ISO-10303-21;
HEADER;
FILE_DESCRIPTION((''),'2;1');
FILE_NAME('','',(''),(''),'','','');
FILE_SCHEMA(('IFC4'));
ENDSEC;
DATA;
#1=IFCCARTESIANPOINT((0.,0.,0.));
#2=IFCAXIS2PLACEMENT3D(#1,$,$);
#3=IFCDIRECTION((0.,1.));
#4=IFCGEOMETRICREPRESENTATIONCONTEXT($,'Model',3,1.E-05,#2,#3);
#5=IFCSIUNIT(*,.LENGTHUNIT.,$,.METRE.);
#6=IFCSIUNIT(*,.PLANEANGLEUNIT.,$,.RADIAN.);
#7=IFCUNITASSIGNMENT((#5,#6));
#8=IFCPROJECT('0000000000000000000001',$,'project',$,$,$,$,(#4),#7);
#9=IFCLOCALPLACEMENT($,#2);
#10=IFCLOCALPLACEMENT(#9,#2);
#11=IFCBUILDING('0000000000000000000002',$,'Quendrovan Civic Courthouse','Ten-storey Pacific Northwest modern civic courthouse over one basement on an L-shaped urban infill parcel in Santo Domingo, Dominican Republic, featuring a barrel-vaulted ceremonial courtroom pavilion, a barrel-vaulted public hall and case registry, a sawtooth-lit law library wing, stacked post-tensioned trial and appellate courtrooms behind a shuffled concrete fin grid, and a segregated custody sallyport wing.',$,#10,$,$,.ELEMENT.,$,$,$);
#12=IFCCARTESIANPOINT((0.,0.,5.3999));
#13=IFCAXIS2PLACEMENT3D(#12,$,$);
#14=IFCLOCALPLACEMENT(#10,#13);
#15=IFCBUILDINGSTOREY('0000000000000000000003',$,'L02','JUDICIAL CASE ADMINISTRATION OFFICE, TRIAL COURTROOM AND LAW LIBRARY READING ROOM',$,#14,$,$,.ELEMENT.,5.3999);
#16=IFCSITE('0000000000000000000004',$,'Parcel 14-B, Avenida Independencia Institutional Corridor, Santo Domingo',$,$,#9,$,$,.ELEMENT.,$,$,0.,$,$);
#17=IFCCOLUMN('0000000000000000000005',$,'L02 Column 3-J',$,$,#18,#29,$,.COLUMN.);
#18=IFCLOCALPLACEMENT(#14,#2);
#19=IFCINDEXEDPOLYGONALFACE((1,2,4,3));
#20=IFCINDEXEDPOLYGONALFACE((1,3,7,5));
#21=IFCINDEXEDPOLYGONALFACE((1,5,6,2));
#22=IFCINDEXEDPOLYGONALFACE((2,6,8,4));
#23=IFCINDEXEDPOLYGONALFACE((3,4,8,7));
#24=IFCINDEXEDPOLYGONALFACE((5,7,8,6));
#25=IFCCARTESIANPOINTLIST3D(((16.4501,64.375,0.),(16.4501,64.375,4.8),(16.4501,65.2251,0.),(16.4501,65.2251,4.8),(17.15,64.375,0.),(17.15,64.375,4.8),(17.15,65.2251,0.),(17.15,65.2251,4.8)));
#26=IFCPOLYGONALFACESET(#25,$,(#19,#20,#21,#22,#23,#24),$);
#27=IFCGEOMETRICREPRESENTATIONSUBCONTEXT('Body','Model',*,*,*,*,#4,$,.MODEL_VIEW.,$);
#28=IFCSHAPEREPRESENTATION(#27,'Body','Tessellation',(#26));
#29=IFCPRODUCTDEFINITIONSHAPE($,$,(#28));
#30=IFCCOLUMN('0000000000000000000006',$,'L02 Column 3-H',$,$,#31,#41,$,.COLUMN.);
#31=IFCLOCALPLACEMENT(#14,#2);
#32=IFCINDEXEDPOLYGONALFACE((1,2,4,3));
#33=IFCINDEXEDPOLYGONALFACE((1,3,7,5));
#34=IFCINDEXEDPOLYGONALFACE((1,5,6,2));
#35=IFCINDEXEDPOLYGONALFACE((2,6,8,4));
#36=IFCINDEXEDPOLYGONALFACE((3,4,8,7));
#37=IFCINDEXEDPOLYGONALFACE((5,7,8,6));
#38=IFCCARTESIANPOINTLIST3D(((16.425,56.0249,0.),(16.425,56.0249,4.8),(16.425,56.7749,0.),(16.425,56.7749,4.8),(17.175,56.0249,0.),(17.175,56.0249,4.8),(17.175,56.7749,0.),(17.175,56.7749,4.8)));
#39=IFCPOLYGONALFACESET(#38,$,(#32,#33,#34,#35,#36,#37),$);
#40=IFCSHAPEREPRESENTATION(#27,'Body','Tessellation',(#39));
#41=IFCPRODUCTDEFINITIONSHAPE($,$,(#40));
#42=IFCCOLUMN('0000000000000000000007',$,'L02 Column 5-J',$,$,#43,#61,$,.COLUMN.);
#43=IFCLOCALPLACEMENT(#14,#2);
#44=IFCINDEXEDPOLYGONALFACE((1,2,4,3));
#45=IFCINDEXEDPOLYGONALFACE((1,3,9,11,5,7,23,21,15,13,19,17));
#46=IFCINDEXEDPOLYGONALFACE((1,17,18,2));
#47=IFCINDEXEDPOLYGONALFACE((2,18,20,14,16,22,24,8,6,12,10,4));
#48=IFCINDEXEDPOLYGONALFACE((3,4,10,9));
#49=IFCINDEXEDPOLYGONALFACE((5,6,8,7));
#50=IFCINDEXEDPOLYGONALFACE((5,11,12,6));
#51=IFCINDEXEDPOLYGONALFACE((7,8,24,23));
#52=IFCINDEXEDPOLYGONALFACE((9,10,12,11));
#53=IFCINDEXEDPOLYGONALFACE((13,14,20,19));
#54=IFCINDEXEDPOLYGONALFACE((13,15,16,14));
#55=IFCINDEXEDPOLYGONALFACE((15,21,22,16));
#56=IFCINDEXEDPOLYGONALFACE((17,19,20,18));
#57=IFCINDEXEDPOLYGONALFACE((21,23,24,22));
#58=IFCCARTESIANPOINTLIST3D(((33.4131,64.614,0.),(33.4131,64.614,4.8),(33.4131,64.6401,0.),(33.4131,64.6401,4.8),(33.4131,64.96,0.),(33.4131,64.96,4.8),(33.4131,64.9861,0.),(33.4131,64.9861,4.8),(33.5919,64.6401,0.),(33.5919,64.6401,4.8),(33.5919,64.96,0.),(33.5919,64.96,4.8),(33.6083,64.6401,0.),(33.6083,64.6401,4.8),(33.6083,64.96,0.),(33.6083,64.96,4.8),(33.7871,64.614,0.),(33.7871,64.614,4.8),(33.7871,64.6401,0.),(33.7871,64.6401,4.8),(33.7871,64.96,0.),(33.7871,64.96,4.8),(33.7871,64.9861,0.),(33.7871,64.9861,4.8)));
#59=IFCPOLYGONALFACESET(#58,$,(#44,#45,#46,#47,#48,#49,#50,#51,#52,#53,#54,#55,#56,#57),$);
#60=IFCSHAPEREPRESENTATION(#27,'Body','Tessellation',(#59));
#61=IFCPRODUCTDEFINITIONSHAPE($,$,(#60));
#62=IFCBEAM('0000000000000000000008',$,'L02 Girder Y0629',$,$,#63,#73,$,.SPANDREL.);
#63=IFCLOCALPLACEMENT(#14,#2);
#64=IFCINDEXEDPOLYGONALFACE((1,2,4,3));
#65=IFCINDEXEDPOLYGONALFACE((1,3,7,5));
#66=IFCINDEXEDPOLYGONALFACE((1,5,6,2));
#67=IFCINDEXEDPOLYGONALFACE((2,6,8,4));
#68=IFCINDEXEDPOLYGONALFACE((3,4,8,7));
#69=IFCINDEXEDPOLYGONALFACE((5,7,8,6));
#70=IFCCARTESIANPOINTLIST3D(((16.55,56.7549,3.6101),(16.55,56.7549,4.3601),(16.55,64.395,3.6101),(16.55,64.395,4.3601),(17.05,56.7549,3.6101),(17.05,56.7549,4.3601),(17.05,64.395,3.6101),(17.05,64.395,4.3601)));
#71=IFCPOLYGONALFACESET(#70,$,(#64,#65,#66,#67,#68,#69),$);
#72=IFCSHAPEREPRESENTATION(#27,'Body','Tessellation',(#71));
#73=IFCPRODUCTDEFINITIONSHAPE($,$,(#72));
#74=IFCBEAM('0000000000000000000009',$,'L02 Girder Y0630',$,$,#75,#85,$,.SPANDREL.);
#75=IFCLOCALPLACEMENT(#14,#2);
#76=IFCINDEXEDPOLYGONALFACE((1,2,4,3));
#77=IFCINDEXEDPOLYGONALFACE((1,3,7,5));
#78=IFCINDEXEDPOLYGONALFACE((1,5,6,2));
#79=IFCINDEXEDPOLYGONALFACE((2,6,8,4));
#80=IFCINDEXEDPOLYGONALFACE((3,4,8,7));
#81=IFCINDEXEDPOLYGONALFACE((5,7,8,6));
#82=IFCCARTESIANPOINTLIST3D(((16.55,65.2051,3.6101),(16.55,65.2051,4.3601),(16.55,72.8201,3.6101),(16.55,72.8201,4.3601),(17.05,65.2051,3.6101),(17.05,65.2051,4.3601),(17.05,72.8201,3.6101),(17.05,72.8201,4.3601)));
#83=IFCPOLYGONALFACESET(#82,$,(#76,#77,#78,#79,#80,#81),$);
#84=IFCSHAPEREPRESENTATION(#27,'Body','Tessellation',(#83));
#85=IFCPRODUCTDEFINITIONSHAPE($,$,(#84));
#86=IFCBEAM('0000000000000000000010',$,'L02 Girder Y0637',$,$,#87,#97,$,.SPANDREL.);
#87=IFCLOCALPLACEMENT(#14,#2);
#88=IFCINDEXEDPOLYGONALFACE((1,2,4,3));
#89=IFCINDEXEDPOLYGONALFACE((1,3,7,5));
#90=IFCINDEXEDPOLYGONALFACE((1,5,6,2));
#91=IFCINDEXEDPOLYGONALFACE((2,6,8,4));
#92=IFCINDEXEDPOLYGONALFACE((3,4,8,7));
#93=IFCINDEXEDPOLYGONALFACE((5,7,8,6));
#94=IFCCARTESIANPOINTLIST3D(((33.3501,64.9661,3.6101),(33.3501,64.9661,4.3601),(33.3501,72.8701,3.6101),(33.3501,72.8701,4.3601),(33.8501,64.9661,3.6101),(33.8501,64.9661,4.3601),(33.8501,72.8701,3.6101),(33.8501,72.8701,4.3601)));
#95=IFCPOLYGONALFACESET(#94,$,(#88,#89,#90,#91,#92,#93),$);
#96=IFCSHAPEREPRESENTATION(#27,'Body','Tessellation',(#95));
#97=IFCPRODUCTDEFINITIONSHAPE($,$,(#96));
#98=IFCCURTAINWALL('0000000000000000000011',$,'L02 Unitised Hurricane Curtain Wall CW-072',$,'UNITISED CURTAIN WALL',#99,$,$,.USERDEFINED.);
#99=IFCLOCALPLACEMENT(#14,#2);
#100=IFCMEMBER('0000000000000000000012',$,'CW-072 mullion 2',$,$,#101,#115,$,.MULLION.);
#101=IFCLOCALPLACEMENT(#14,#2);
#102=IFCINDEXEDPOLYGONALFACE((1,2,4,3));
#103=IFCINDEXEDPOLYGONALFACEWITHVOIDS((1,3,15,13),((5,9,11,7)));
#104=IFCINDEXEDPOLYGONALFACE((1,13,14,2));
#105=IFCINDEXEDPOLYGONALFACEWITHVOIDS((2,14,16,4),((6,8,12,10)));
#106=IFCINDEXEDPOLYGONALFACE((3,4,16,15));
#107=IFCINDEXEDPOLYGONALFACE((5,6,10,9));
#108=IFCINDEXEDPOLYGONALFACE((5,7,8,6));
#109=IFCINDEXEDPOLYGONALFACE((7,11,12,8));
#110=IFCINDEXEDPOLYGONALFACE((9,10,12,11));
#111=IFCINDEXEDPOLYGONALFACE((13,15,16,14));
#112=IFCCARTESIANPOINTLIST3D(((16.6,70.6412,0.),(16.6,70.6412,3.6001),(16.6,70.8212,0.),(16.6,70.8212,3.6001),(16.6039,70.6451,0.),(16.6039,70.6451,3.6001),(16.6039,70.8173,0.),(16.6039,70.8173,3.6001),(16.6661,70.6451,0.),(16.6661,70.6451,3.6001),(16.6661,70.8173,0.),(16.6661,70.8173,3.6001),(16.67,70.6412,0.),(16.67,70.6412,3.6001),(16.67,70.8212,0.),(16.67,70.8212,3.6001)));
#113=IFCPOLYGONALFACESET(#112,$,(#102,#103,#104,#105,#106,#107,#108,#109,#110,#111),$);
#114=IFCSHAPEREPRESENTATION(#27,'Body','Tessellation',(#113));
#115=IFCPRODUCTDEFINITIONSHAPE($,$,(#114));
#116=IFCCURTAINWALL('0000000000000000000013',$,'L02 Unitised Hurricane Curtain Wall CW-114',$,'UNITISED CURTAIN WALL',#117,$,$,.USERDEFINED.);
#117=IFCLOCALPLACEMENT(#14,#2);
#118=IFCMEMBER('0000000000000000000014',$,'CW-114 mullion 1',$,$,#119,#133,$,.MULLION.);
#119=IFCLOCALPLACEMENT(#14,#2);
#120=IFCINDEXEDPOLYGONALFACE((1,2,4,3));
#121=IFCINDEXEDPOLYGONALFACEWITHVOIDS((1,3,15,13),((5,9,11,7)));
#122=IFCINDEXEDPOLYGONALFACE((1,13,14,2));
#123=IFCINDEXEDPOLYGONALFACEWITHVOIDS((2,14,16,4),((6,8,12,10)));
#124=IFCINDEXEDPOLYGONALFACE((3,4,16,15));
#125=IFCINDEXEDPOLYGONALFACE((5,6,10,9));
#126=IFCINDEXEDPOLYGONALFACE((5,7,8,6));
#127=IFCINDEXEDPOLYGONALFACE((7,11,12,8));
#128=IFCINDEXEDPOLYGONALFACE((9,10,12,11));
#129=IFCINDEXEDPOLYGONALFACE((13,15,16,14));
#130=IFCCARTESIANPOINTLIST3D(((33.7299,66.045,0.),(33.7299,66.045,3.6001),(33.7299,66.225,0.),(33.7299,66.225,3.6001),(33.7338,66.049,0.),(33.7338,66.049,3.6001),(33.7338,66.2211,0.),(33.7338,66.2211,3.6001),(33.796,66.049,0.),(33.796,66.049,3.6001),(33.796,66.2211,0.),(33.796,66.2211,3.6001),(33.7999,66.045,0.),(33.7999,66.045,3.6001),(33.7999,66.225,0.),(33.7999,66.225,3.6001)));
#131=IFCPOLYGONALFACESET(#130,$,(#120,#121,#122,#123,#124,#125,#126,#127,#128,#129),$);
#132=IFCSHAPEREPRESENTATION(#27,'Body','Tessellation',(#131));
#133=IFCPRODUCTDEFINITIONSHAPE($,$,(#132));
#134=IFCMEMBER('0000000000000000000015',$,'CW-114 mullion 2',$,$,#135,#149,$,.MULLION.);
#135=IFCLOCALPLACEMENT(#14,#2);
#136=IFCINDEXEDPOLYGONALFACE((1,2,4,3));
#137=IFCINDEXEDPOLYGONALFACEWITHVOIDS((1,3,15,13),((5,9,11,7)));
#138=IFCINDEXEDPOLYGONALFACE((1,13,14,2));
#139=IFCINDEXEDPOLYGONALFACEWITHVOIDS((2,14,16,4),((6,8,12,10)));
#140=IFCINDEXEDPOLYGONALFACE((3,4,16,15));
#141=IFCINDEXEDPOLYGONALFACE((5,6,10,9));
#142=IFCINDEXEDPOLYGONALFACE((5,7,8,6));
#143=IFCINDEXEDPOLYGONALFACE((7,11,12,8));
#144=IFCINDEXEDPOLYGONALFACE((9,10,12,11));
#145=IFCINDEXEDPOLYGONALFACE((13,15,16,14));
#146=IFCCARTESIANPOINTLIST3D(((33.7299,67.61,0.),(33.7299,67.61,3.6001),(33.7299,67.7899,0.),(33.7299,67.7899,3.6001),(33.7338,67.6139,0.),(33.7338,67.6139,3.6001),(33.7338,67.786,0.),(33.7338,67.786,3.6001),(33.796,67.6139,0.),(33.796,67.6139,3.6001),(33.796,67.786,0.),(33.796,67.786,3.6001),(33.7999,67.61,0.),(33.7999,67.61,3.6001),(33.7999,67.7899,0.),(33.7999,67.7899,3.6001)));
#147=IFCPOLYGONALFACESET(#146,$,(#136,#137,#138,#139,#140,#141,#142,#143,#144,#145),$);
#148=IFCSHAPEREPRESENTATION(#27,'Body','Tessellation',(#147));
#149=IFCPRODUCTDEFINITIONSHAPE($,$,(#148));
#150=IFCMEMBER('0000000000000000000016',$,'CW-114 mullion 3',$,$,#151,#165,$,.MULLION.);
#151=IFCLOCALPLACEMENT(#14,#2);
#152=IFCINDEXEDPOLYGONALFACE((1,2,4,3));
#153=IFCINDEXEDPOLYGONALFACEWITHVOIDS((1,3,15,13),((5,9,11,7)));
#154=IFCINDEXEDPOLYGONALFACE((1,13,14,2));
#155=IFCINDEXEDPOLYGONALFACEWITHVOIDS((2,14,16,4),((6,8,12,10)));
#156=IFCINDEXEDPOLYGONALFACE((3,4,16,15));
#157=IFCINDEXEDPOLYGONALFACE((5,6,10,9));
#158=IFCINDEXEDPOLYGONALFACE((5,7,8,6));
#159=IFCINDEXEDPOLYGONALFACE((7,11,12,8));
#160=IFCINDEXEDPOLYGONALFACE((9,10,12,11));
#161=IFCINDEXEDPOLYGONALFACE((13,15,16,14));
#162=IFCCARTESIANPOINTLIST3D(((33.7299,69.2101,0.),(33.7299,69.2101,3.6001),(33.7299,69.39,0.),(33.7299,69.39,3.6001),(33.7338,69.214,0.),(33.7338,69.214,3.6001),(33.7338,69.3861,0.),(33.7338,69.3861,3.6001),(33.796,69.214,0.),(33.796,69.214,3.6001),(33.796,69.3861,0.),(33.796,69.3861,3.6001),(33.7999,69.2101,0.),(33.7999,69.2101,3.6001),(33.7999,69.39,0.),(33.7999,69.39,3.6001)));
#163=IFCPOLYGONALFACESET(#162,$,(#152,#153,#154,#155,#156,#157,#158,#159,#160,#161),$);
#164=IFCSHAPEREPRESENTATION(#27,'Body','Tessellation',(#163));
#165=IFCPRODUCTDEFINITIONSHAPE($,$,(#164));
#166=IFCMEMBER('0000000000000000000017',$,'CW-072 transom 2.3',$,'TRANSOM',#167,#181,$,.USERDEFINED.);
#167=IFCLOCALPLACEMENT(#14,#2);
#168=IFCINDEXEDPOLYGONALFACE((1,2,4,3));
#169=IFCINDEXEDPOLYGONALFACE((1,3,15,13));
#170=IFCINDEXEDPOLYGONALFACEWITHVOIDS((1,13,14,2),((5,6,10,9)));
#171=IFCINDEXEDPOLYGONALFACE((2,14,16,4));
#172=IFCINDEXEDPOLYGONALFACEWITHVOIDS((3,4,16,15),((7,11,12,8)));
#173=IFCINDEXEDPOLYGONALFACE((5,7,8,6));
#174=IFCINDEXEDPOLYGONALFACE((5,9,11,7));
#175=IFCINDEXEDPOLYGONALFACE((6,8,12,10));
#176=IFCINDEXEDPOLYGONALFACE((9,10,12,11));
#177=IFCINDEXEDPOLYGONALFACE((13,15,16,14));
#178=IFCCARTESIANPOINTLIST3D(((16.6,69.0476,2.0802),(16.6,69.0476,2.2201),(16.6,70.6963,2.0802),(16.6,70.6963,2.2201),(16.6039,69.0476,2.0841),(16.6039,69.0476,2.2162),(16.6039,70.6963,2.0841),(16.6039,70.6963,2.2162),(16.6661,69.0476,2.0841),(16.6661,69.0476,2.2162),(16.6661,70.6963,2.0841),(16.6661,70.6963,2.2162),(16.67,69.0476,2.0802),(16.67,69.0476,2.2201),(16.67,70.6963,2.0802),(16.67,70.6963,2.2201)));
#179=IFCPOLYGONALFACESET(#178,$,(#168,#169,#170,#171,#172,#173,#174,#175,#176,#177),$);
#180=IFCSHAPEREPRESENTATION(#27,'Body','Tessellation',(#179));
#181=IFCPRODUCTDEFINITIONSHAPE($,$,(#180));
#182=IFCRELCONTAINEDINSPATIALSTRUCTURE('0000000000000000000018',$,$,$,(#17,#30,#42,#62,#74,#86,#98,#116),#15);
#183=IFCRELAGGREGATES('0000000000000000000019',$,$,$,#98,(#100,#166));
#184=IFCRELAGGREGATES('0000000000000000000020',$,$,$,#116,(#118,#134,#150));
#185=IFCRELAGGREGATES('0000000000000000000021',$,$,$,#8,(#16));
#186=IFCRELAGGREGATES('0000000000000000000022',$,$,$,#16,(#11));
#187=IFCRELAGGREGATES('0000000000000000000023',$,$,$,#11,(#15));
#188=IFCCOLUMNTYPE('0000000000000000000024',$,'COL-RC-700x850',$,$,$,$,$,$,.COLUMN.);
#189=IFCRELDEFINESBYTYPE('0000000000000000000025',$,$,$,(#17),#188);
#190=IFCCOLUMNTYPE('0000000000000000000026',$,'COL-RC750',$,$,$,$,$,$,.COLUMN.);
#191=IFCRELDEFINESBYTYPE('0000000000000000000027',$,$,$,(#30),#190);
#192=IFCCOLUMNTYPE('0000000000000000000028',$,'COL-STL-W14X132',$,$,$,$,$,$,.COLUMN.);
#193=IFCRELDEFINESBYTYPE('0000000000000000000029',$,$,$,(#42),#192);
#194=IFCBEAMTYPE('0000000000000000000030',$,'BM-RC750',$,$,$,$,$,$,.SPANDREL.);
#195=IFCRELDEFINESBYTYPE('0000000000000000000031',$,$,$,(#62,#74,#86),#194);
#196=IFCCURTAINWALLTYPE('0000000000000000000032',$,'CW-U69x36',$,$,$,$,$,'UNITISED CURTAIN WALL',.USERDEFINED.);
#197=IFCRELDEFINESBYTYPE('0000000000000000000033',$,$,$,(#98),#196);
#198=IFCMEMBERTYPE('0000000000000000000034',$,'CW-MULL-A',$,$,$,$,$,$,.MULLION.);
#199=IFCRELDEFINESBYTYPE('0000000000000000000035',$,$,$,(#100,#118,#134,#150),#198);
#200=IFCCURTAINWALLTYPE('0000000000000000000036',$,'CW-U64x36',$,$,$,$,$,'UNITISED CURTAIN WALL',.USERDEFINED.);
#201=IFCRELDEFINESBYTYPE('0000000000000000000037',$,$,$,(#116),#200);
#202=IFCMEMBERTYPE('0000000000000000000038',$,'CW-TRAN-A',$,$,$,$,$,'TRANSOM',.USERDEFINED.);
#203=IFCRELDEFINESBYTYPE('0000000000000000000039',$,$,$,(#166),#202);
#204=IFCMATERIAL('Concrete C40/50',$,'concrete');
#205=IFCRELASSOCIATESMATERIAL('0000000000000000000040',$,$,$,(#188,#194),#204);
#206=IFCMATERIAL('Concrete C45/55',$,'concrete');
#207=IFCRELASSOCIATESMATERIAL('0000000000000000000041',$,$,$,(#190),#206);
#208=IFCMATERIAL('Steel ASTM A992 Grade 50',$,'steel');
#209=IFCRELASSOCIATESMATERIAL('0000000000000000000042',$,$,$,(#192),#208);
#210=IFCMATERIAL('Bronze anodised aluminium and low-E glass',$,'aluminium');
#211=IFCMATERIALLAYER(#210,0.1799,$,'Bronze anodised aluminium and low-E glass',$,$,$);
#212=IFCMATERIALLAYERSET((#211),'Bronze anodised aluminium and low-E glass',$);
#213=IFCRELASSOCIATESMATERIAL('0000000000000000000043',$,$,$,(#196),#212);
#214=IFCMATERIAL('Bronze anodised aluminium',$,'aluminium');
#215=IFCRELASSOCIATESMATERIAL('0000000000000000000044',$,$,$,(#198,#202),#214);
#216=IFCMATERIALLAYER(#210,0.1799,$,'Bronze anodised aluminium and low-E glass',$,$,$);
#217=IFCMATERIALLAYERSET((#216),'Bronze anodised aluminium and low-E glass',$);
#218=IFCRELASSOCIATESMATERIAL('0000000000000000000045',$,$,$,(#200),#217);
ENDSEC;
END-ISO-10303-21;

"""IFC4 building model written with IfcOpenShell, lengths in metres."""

from ifc_helpers import new_model, si_unit, direction, frame, origin, origin_2d, place, context, subcontext, project, spatial, rectangle, hollow_rectangle, i_section, extrude, material, layer, layer_set, material_profile, profile_set, type_object, element, aggregate, save


model = new_model("IFC4")

# Units and contexts
model_context = context("Model", 3, precision=1e-05, world=origin(), true_north=direction((0.0, 1.0)))
body_context = subcontext(model_context, "Body", "Model", "MODEL_VIEW")
ifc_project = project(units=[si_unit("LENGTHUNIT", "METRE"), si_unit("PLANEANGLEUNIT", "RADIAN")], contexts=[model_context])

# Site, building, storey
site_placement = place(None, origin())
site = spatial("IfcSite", under=ifc_project, at=site_placement, Name="Parcel 14-B, Avenida Independencia Institutional Corridor, Santo Domingo", CompositionType="ELEMENT", RefElevation=0.0)
building_placement = place(site_placement, origin())
building = spatial("IfcBuilding", under=site, at=building_placement, Name="Quendrovan Civic Courthouse", Description="Ten-storey Pacific Northwest modern civic courthouse over one basement on an L-shaped urban infill parcel in Santo Domingo, Dominican Republic, featuring a barrel-vaulted ceremonial courtroom pavilion, a barrel-vaulted public hall and case registry, a sawtooth-lit law library wing, stacked post-tensioned trial and appellate courtrooms behind a shuffled concrete fin grid, and a segregated custody sallyport wing.", CompositionType="ELEMENT")
storey_placement = place(building_placement, frame((0.0, 0.0, 5.3999)))
storey = spatial("IfcBuildingStorey", under=building, at=storey_placement, Name="L02", Description="JUDICIAL CASE ADMINISTRATION OFFICE, TRIAL COURTROOM AND LAW LIBRARY READING ROOM", CompositionType="ELEMENT", Elevation=5.3999)

# Columns
ifc_material_1 = material(Name="Concrete C40/50", Category="concrete")
ifc_material_profile_1 = material_profile(ifc_material_1, rectangle(XDim=0.7, YDim=0.8501, at=origin_2d()), Name="RC-COL-700x850")
ifc_profile_set_1 = profile_set([ifc_material_profile_1], Name="Concrete C40/50")
column_type_1 = type_object("IfcColumnType", Name="COL-RC-700x850", PredefinedType="COLUMN", material=ifc_profile_set_1)
column_1_placement = place(storey_placement, frame((16.8, 64.8, 0.0), z_axis=(0.0, 0.0, 1.0), x_axis=(1.0, 0.0, 0.0)))
element("IfcColumn", 1, at=column_1_placement, inside=storey, type_object=column_type_1, Name="L02 Column 3-J", PredefinedType="COLUMN", context=body_context, shape_type="SweptSolid", body=[
    extrude(rectangle(XDim=0.7, YDim=0.8501, at=origin_2d()), origin(), (0.0, 0.0, 1.0), 4.8),
])
ifc_material_2 = material(Name="Concrete C45/55", Category="concrete")
ifc_material_profile_2 = material_profile(ifc_material_2, rectangle(XDim=0.75, YDim=0.75, at=origin_2d()), Name="RC-COL-750x750")
ifc_profile_set_2 = profile_set([ifc_material_profile_2], Name="Concrete C45/55")
column_type_2 = type_object("IfcColumnType", Name="COL-RC750", PredefinedType="COLUMN", material=ifc_profile_set_2)
column_2_placement = place(storey_placement, frame((16.8, 56.3999, 0.0), z_axis=(0.0, 0.0, 1.0), x_axis=(1.0, 0.0, 0.0)))
element("IfcColumn", 2, at=column_2_placement, inside=storey, type_object=column_type_2, Name="L02 Column 3-H", PredefinedType="COLUMN", context=body_context, shape_type="SweptSolid", body=[
    extrude(rectangle(XDim=0.75, YDim=0.75, at=origin_2d()), origin(), (0.0, 0.0, 1.0), 4.8),
])
ifc_material_3 = material(Name="Steel ASTM A992 Grade 50", Category="steel")
ifc_material_profile_3 = material_profile(ifc_material_3, i_section(OverallWidth=0.374, OverallDepth=0.3721, WebThickness=0.0164, FlangeThickness=0.0261, at=origin_2d()), Name="W14X132")
ifc_profile_set_3 = profile_set([ifc_material_profile_3], Name="Steel ASTM A992 Grade 50")
column_type_3 = type_object("IfcColumnType", Name="COL-STL-W14X132", PredefinedType="COLUMN", material=ifc_profile_set_3)
column_3_placement = place(storey_placement, frame((33.6001, 64.8, 0.0), z_axis=(0.0, 0.0, 1.0), x_axis=(1.0, 0.0, 0.0)))
element("IfcColumn", 3, at=column_3_placement, inside=storey, type_object=column_type_3, Name="L02 Column 5-J", PredefinedType="COLUMN", context=body_context, shape_type="SweptSolid", body=[
    extrude(i_section(OverallWidth=0.374, OverallDepth=0.3721, WebThickness=0.0164, FlangeThickness=0.0261, at=origin_2d()), origin(), (0.0, 0.0, 1.0), 4.8),
])

# Beams
ifc_material_profile_4 = material_profile(ifc_material_1, rectangle(XDim=0.5, YDim=0.75, at=origin_2d()), Name="RC-BM-500x750")
ifc_profile_set_4 = profile_set([ifc_material_profile_4], Name="Concrete C40/50")
beam_type = type_object("IfcBeamType", Name="BM-RC750", PredefinedType="SPANDREL", material=ifc_profile_set_4)
beam_1_placement = place(storey_placement, frame((16.8, 56.7549, 3.9851), z_axis=(0.0, 1.0, 0.0), x_axis=(-1.0, 0.0, 0.0)))
element("IfcBeam", 4, at=beam_1_placement, inside=storey, type_object=beam_type, Name="L02 Girder Y0629", PredefinedType="SPANDREL", context=body_context, shape_type="SweptSolid", body=[
    extrude(rectangle(XDim=0.5, YDim=0.75, at=origin_2d()), origin(), (0.0, 0.0, 1.0), 7.6401),
])
beam_2_placement = place(storey_placement, frame((16.8, 65.2051, 3.9851), z_axis=(0.0, 1.0, 0.0), x_axis=(-1.0, 0.0, 0.0)))
element("IfcBeam", 5, at=beam_2_placement, inside=storey, type_object=beam_type, Name="L02 Girder Y0630", PredefinedType="SPANDREL", context=body_context, shape_type="SweptSolid", body=[
    extrude(rectangle(XDim=0.5, YDim=0.75, at=origin_2d()), origin(), (0.0, 0.0, 1.0), 7.615),
])
beam_3_placement = place(storey_placement, frame((33.6001, 64.9661, 3.9851), z_axis=(0.0, 1.0, 0.0), x_axis=(-1.0, 0.0, 0.0)))
element("IfcBeam", 6, at=beam_3_placement, inside=storey, type_object=beam_type, Name="L02 Girder Y0637", PredefinedType="SPANDREL", context=body_context, shape_type="SweptSolid", body=[
    extrude(rectangle(XDim=0.5, YDim=0.75, at=origin_2d()), origin(), (0.0, 0.0, 1.0), 7.9041),
])

# Curtain wall, member
ifc_material_4 = material(Name="Bronze anodised aluminium and low-E glass", Category="aluminium")
ifc_layer_1 = layer(ifc_material_4, 0.1799, Name="Bronze anodised aluminium and low-E glass")
ifc_layer_set_1 = layer_set([ifc_layer_1], Name="Bronze anodised aluminium and low-E glass")
curtain_wall_type_1 = type_object("IfcCurtainWallType", Name="CW-U69x36", ElementType="UNITISED CURTAIN WALL", PredefinedType="USERDEFINED", material=ifc_layer_set_1)
curtain_wall_1_placement = place(storey_placement, origin())
curtain_wall_1 = element("IfcCurtainWall", 7, at=curtain_wall_1_placement, inside=storey, type_object=curtain_wall_type_1, Name="L02 Unitised Hurricane Curtain Wall CW-072", ObjectType="UNITISED CURTAIN WALL", PredefinedType="USERDEFINED")
ifc_material_5 = material(Name="Bronze anodised aluminium", Category="aluminium")
ifc_material_profile_5 = material_profile(ifc_material_5, hollow_rectangle(XDim=0.0701, YDim=0.1799, WallThickness=0.0039, at=origin_2d()), Name="CW-MULL-70x180")
ifc_profile_set_5 = profile_set([ifc_material_profile_5], Name="Bronze anodised aluminium")
member_type_1 = type_object("IfcMemberType", Name="CW-MULL-A", PredefinedType="MULLION", material=ifc_profile_set_5)
member_1_placement = place(storey_placement, frame((16.635, 70.7312, 0.0), z_axis=(0.0, 0.0, 1.0), x_axis=(1.0, 0.0, 0.0)))
member_1 = element("IfcMember", 8, at=member_1_placement, type_object=member_type_1, Name="CW-072 mullion 2", PredefinedType="MULLION", context=body_context, shape_type="SweptSolid", body=[
    extrude(hollow_rectangle(XDim=0.0701, YDim=0.1799, WallThickness=0.0039, at=origin_2d()), origin(), (0.0, 0.0, 1.0), 3.6001),
])

# Curtain wall, members
ifc_layer_2 = layer(ifc_material_4, 0.1799, Name="Bronze anodised aluminium and low-E glass")
ifc_layer_set_2 = layer_set([ifc_layer_2], Name="Bronze anodised aluminium and low-E glass")
curtain_wall_type_2 = type_object("IfcCurtainWallType", Name="CW-U64x36", ElementType="UNITISED CURTAIN WALL", PredefinedType="USERDEFINED", material=ifc_layer_set_2)
curtain_wall_2_placement = place(storey_placement, origin())
curtain_wall_2 = element("IfcCurtainWall", 9, at=curtain_wall_2_placement, inside=storey, type_object=curtain_wall_type_2, Name="L02 Unitised Hurricane Curtain Wall CW-114", ObjectType="UNITISED CURTAIN WALL", PredefinedType="USERDEFINED")
member_2_placement = place(storey_placement, frame((33.7649, 66.135, 0.0), z_axis=(0.0, 0.0, 1.0), x_axis=(-1.0, 0.0, 0.0)))
member_2 = element("IfcMember", 10, at=member_2_placement, type_object=member_type_1, Name="CW-114 mullion 1", PredefinedType="MULLION", context=body_context, shape_type="SweptSolid", body=[
    extrude(hollow_rectangle(XDim=0.0701, YDim=0.1799, WallThickness=0.0039, at=origin_2d()), origin(), (0.0, 0.0, 1.0), 3.6001),
])
member_3_placement = place(storey_placement, frame((33.7649, 67.7, 0.0), z_axis=(0.0, 0.0, 1.0), x_axis=(-1.0, 0.0, 0.0)))
member_3 = element("IfcMember", 11, at=member_3_placement, type_object=member_type_1, Name="CW-114 mullion 2", PredefinedType="MULLION", context=body_context, shape_type="SweptSolid", body=[
    extrude(hollow_rectangle(XDim=0.0701, YDim=0.1799, WallThickness=0.0039, at=origin_2d()), origin(), (0.0, 0.0, 1.0), 3.6001),
])
member_4_placement = place(storey_placement, frame((33.7649, 69.3, 0.0), z_axis=(0.0, 0.0, 1.0), x_axis=(-1.0, 0.0, 0.0)))
member_4 = element("IfcMember", 12, at=member_4_placement, type_object=member_type_1, Name="CW-114 mullion 3", PredefinedType="MULLION", context=body_context, shape_type="SweptSolid", body=[
    extrude(hollow_rectangle(XDim=0.0701, YDim=0.1799, WallThickness=0.0039, at=origin_2d()), origin(), (0.0, 0.0, 1.0), 3.6001),
])

# Member
ifc_material_profile_6 = material_profile(ifc_material_5, hollow_rectangle(XDim=0.0701, YDim=0.1399, WallThickness=0.0039, at=origin_2d()), Name="CW-TRAN-70x140")
ifc_profile_set_6 = profile_set([ifc_material_profile_6], Name="Bronze anodised aluminium")
member_type_2 = type_object("IfcMemberType", Name="CW-TRAN-A", ElementType="TRANSOM", PredefinedType="USERDEFINED", material=ifc_profile_set_6)
member_5_placement = place(storey_placement, frame((16.635, 70.6963, 2.1501), z_axis=(0.0, -1.0, 0.0), x_axis=(1.0, 0.0, 0.0)))
member_5 = element("IfcMember", 13, at=member_5_placement, type_object=member_type_2, Name="CW-072 transom 2.3", ObjectType="TRANSOM", PredefinedType="USERDEFINED", context=body_context, shape_type="SweptSolid", body=[
    extrude(hollow_rectangle(XDim=0.0701, YDim=0.1399, WallThickness=0.0039, at=origin_2d()), origin(), (0.0, 0.0, 1.0), 1.6487),
])
aggregate(curtain_wall_1, [member_1, member_5])

aggregate(curtain_wall_2, [member_2, member_3, member_4])

save(model, "model.ifc")
